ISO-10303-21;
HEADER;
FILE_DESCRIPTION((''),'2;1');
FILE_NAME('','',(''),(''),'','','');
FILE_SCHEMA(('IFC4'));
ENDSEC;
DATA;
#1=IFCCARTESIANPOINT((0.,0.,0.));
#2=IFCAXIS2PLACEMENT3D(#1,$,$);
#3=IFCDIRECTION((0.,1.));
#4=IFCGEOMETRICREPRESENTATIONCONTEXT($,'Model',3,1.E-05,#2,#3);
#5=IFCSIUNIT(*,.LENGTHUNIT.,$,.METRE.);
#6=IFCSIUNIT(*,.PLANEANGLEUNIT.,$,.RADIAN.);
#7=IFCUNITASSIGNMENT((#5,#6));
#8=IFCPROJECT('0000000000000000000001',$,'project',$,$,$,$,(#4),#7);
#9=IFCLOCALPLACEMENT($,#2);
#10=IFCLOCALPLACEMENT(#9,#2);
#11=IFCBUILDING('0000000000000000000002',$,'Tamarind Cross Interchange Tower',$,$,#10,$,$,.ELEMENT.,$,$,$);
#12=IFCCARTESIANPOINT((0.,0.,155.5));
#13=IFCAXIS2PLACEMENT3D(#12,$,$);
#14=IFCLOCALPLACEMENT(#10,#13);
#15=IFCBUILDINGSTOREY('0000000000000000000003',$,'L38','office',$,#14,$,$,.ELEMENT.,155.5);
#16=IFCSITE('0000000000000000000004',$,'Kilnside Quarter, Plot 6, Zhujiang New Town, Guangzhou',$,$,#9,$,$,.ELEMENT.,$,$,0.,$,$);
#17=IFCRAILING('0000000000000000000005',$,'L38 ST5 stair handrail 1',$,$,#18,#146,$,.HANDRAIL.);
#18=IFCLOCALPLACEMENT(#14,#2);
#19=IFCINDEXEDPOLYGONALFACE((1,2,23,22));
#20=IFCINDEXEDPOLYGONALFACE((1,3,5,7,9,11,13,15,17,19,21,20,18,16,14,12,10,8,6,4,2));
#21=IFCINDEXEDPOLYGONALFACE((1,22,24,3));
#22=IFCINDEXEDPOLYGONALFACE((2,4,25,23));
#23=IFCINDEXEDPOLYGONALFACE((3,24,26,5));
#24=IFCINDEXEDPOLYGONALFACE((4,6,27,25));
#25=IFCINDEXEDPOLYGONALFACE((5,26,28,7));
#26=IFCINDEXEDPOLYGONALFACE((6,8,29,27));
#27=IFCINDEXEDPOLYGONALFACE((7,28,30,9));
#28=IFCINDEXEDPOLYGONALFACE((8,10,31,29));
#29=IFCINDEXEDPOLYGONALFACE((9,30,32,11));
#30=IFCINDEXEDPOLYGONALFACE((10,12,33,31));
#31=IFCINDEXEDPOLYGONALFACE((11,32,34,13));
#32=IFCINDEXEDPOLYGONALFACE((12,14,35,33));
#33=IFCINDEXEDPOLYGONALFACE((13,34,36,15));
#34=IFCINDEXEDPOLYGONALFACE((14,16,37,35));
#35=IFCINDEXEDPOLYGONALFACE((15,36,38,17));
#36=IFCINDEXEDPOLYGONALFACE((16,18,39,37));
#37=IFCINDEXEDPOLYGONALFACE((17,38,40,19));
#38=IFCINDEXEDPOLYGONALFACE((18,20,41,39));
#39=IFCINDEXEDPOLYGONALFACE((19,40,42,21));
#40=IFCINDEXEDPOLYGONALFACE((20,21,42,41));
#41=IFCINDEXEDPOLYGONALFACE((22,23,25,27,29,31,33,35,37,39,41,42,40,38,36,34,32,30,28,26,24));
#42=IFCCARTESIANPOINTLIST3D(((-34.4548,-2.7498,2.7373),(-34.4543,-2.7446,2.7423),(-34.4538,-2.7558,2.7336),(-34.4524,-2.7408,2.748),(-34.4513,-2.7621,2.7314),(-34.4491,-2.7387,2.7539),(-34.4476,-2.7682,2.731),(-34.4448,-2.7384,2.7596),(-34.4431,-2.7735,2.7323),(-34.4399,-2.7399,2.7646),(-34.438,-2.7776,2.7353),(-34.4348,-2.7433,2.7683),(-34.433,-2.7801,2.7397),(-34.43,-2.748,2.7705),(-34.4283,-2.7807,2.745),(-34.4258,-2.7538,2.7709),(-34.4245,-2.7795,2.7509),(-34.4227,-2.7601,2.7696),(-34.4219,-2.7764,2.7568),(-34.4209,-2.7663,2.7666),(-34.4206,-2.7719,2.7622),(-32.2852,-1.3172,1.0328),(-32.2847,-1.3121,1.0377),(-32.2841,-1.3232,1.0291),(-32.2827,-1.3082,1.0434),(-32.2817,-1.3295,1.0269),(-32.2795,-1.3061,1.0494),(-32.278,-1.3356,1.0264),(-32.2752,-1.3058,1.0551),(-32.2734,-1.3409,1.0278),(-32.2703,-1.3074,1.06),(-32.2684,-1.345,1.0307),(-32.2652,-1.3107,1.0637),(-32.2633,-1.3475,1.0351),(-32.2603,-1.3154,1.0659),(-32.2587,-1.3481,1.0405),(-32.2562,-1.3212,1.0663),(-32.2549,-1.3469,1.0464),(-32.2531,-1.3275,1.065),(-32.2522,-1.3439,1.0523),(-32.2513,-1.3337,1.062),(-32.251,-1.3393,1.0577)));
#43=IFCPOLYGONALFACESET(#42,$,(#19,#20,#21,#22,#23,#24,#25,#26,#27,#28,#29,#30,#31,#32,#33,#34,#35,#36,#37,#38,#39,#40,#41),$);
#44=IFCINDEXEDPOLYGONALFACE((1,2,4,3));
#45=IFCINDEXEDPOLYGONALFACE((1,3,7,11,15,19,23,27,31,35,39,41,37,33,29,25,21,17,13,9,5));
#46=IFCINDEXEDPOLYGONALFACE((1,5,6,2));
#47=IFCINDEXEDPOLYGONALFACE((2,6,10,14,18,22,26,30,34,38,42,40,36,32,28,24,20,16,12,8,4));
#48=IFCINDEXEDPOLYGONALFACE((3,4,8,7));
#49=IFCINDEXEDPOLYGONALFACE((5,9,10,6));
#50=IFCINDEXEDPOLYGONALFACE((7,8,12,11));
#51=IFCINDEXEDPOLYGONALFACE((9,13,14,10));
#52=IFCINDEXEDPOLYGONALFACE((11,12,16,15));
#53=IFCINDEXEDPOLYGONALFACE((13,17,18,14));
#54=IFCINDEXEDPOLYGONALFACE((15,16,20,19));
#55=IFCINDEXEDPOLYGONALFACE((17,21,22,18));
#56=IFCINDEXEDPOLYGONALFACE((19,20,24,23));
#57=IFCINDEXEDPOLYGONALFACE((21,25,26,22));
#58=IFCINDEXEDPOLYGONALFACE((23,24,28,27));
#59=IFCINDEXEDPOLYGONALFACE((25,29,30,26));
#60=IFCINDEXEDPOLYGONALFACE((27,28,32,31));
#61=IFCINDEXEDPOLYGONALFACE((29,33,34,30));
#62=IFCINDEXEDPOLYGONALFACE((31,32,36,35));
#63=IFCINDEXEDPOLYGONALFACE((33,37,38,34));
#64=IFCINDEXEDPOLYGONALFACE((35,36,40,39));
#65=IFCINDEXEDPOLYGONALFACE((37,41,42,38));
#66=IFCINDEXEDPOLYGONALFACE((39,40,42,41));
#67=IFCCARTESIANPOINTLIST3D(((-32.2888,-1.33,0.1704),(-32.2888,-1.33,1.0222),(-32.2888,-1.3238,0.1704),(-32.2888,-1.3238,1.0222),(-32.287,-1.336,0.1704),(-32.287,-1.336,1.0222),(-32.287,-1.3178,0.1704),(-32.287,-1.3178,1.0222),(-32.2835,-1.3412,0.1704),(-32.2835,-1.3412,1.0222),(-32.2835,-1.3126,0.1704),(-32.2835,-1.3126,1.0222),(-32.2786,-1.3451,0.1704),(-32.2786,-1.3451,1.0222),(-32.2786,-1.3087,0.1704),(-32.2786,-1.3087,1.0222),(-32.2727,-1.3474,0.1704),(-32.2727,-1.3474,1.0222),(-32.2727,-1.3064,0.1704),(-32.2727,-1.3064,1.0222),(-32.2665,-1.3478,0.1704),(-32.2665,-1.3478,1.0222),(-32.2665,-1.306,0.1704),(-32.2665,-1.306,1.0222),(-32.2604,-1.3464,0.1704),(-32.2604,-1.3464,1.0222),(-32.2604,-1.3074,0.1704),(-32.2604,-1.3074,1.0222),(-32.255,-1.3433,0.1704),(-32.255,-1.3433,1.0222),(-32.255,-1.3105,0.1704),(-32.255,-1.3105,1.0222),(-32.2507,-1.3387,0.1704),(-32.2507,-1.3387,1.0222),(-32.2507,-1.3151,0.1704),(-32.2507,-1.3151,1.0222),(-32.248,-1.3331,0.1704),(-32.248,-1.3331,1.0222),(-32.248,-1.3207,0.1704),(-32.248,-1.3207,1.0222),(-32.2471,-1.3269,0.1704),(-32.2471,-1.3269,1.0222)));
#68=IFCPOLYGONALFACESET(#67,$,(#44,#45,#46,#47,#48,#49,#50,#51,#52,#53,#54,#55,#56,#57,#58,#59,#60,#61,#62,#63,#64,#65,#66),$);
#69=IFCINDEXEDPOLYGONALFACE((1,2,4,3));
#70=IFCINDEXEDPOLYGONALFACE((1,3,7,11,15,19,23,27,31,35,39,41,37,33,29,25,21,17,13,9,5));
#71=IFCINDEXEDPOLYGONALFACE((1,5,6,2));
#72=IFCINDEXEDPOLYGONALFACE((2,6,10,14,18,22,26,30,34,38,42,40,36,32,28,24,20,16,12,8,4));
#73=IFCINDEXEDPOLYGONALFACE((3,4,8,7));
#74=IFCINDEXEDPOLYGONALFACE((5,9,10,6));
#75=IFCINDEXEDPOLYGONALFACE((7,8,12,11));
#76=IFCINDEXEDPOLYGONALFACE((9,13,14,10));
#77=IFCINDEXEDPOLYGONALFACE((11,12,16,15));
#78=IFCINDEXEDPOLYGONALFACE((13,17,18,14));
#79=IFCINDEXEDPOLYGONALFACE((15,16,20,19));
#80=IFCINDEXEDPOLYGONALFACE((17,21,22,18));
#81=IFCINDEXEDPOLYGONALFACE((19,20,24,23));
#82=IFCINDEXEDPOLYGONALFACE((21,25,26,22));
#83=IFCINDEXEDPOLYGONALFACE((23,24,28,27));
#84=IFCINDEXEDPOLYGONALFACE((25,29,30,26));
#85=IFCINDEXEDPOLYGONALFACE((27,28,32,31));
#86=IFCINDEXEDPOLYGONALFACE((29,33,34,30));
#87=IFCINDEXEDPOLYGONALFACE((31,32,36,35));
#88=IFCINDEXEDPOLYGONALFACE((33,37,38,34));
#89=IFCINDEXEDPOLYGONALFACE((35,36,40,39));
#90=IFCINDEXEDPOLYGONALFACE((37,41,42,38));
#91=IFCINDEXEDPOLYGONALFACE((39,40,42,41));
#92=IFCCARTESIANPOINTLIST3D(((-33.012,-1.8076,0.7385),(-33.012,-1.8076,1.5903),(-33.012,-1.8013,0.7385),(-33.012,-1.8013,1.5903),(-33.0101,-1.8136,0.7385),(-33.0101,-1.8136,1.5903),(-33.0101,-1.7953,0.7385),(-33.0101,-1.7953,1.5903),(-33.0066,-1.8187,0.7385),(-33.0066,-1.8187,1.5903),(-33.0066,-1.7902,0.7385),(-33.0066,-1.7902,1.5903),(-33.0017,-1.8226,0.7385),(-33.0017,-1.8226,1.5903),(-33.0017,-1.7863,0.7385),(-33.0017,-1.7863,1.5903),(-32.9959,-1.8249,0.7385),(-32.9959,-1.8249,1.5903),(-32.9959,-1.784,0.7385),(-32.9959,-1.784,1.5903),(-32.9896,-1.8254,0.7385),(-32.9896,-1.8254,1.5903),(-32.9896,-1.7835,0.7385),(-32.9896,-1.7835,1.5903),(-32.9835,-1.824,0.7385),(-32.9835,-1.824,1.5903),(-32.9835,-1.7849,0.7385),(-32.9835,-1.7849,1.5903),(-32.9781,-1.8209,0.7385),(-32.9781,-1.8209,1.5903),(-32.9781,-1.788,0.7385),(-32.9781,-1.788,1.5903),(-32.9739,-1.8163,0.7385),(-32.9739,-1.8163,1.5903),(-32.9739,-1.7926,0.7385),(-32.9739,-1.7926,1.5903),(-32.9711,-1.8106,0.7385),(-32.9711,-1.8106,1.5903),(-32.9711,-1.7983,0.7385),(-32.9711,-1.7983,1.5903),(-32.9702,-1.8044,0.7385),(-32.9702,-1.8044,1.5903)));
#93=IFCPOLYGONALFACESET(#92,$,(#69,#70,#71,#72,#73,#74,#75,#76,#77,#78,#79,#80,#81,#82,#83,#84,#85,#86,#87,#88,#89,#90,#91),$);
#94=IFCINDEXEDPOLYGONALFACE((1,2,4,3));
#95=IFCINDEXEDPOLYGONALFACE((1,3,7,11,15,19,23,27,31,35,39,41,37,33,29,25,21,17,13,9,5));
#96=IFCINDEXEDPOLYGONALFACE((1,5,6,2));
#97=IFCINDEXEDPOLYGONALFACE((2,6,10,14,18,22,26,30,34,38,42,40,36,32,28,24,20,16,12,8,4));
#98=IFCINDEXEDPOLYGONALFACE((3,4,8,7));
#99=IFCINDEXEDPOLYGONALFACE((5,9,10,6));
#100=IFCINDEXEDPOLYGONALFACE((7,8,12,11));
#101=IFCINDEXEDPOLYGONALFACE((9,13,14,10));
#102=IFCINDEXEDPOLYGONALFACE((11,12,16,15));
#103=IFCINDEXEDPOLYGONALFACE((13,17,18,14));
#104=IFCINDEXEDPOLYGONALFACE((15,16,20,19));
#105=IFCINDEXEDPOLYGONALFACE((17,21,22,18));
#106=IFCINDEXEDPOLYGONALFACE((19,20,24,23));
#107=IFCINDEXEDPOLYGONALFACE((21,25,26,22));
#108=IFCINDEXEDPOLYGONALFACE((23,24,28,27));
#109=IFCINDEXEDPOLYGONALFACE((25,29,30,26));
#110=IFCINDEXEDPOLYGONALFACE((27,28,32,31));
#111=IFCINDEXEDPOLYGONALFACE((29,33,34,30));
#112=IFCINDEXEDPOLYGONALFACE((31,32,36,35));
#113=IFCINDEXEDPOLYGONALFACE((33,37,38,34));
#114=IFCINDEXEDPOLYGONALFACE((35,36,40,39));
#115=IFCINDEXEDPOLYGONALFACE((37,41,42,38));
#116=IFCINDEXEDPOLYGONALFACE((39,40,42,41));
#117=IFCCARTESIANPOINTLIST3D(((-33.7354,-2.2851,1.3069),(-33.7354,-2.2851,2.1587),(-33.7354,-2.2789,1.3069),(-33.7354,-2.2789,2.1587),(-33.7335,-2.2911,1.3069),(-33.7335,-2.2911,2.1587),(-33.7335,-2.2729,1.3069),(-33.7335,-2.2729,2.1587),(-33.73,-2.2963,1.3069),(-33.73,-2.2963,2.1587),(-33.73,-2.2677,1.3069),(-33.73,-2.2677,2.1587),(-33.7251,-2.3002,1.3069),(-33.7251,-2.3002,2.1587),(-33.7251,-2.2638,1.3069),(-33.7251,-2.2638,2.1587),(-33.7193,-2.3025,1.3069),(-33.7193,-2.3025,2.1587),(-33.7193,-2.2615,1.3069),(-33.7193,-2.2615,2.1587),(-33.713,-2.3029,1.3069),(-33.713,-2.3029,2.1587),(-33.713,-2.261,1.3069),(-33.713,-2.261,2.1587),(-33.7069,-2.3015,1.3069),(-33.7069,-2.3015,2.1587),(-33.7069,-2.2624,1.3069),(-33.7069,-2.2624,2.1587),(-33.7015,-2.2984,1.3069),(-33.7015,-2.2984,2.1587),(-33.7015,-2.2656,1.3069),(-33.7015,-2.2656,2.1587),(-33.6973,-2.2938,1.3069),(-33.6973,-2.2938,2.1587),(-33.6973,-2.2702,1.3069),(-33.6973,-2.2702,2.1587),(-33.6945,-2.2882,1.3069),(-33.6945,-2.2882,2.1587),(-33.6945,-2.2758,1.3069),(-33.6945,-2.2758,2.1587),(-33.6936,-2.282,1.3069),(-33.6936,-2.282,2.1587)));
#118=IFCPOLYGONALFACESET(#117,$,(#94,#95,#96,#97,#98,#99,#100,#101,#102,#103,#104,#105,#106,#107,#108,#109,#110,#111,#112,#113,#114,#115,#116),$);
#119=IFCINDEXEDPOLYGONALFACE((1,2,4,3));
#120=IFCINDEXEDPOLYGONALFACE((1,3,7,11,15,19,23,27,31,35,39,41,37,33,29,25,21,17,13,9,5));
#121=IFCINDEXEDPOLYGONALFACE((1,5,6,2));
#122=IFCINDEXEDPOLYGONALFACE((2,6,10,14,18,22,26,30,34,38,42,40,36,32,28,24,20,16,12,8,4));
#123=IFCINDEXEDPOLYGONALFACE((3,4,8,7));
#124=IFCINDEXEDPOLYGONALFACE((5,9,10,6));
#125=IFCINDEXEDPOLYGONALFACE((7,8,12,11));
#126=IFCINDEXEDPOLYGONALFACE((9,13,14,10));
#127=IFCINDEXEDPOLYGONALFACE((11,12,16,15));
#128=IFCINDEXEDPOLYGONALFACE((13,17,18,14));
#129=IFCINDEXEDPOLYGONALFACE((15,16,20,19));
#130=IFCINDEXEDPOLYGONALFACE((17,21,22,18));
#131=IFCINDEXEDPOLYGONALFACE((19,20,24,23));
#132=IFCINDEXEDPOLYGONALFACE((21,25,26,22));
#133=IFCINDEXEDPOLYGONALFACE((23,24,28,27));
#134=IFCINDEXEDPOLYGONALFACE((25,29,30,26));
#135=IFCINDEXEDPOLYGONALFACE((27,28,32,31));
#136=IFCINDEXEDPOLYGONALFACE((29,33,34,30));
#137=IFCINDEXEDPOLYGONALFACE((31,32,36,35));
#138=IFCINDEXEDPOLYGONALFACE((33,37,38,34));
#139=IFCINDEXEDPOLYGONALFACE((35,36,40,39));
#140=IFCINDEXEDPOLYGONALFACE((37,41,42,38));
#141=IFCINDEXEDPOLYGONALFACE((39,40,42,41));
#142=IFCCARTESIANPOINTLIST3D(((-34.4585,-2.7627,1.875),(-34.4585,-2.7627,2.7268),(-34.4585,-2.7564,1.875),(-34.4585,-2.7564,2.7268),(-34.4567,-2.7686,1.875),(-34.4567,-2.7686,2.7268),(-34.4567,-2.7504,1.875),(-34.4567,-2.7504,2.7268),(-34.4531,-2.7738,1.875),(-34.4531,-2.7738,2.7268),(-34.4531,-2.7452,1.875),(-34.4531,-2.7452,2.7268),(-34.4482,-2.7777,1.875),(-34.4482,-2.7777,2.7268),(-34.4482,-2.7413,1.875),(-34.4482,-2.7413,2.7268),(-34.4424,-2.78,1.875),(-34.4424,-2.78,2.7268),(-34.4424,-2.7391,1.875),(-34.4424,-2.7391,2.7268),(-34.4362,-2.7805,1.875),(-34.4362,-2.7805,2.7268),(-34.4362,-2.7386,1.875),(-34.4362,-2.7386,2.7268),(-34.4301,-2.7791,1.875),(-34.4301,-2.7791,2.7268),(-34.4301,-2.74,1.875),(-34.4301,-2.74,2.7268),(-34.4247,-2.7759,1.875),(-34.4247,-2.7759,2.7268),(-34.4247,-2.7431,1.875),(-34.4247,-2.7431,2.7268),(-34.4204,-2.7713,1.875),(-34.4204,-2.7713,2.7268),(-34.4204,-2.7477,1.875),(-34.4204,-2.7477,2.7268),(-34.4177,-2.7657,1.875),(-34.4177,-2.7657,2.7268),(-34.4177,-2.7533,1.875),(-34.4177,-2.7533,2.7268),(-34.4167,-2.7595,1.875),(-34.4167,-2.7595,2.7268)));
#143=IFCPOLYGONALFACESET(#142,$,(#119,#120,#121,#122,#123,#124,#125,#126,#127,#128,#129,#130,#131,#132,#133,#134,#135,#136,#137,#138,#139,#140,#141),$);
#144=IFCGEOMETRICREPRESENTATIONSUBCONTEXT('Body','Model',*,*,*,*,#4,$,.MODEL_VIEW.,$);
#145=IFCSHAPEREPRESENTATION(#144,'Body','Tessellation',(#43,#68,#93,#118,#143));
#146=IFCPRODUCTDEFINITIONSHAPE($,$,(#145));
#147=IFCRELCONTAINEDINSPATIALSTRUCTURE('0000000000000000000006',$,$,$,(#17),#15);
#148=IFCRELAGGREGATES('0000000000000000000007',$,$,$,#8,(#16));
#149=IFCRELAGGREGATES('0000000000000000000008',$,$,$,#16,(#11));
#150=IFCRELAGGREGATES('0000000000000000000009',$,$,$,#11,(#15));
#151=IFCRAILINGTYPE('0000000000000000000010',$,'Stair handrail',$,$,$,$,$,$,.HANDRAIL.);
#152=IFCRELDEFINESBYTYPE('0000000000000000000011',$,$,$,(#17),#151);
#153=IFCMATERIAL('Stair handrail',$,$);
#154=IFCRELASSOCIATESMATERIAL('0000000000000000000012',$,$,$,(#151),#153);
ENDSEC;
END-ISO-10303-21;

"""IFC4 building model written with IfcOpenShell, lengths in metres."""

from ifc_helpers import new_model, si_unit, direction, frame, origin, origin_2d, place, context, subcontext, project, spatial, circle, extrude, material, type_object, element, save


model = new_model("IFC4")

# Units and contexts
model_context = context("Model", 3, precision=1e-05, world=origin(), true_north=direction((0.0, 1.0)))
body_context = subcontext(model_context, "Body", "Model", "MODEL_VIEW")
ifc_project = project(units=[si_unit("LENGTHUNIT", "METRE"), si_unit("PLANEANGLEUNIT", "RADIAN")], contexts=[model_context])

# Site, building, storey
site_placement = place(None, origin())
site = spatial("IfcSite", under=ifc_project, at=site_placement, Name="Kilnside Quarter, Plot 6, Zhujiang New Town, Guangzhou", CompositionType="ELEMENT", RefElevation=0.0)
building_placement = place(site_placement, origin())
building = spatial("IfcBuilding", under=site, at=building_placement, Name="Tamarind Cross Interchange Tower", CompositionType="ELEMENT")
storey_placement = place(building_placement, frame((0.0, 0.0, 155.5)))
storey = spatial("IfcBuildingStorey", under=building, at=storey_placement, Name="L38", Description="office", CompositionType="ELEMENT", Elevation=155.5)

# Railing
ifc_material_1 = material(Name="Stair handrail")
railing_type_1 = type_object("IfcRailingType", Name="Stair handrail", PredefinedType="HANDRAIL", material=ifc_material_1)
railing_1_placement = place(storey_placement, frame((-32.2681, -1.3269, 0.1704)))
element("IfcRailing", 1, at=railing_1_placement, inside=storey, type_object=railing_type_1, Name="L38 ST5 stair handrail 1", PredefinedType="HANDRAIL", context=body_context, shape_type="SweptSolid", body=[
    extrude(circle(Radius=0.0239, at=origin_2d()), frame((0.0, 0.0, 0.876), z_axis=(-0.697883, -0.460805, 0.548286), x_axis=(0.551011, -0.834498, 0.0)), (0.0, 0.0, 1.0), 3.1089),
    extrude(circle(Radius=0.021, at=origin_2d()), origin(), (0.0, 0.0, 1.0), 0.8518),
    extrude(circle(Radius=0.021, at=origin_2d()), frame((-0.7231, -0.4775, 0.5681)), (0.0, 0.0, 1.0), 0.8518),
    extrude(circle(Radius=0.021, at=origin_2d()), frame((-1.4465, -0.9551, 1.1365)), (0.0, 0.0, 1.0), 0.8518),
    extrude(circle(Radius=0.021, at=origin_2d()), frame((-2.1697, -1.4326, 1.7046)), (0.0, 0.0, 1.0), 0.8518),
])

save(model, "model.ifc")
